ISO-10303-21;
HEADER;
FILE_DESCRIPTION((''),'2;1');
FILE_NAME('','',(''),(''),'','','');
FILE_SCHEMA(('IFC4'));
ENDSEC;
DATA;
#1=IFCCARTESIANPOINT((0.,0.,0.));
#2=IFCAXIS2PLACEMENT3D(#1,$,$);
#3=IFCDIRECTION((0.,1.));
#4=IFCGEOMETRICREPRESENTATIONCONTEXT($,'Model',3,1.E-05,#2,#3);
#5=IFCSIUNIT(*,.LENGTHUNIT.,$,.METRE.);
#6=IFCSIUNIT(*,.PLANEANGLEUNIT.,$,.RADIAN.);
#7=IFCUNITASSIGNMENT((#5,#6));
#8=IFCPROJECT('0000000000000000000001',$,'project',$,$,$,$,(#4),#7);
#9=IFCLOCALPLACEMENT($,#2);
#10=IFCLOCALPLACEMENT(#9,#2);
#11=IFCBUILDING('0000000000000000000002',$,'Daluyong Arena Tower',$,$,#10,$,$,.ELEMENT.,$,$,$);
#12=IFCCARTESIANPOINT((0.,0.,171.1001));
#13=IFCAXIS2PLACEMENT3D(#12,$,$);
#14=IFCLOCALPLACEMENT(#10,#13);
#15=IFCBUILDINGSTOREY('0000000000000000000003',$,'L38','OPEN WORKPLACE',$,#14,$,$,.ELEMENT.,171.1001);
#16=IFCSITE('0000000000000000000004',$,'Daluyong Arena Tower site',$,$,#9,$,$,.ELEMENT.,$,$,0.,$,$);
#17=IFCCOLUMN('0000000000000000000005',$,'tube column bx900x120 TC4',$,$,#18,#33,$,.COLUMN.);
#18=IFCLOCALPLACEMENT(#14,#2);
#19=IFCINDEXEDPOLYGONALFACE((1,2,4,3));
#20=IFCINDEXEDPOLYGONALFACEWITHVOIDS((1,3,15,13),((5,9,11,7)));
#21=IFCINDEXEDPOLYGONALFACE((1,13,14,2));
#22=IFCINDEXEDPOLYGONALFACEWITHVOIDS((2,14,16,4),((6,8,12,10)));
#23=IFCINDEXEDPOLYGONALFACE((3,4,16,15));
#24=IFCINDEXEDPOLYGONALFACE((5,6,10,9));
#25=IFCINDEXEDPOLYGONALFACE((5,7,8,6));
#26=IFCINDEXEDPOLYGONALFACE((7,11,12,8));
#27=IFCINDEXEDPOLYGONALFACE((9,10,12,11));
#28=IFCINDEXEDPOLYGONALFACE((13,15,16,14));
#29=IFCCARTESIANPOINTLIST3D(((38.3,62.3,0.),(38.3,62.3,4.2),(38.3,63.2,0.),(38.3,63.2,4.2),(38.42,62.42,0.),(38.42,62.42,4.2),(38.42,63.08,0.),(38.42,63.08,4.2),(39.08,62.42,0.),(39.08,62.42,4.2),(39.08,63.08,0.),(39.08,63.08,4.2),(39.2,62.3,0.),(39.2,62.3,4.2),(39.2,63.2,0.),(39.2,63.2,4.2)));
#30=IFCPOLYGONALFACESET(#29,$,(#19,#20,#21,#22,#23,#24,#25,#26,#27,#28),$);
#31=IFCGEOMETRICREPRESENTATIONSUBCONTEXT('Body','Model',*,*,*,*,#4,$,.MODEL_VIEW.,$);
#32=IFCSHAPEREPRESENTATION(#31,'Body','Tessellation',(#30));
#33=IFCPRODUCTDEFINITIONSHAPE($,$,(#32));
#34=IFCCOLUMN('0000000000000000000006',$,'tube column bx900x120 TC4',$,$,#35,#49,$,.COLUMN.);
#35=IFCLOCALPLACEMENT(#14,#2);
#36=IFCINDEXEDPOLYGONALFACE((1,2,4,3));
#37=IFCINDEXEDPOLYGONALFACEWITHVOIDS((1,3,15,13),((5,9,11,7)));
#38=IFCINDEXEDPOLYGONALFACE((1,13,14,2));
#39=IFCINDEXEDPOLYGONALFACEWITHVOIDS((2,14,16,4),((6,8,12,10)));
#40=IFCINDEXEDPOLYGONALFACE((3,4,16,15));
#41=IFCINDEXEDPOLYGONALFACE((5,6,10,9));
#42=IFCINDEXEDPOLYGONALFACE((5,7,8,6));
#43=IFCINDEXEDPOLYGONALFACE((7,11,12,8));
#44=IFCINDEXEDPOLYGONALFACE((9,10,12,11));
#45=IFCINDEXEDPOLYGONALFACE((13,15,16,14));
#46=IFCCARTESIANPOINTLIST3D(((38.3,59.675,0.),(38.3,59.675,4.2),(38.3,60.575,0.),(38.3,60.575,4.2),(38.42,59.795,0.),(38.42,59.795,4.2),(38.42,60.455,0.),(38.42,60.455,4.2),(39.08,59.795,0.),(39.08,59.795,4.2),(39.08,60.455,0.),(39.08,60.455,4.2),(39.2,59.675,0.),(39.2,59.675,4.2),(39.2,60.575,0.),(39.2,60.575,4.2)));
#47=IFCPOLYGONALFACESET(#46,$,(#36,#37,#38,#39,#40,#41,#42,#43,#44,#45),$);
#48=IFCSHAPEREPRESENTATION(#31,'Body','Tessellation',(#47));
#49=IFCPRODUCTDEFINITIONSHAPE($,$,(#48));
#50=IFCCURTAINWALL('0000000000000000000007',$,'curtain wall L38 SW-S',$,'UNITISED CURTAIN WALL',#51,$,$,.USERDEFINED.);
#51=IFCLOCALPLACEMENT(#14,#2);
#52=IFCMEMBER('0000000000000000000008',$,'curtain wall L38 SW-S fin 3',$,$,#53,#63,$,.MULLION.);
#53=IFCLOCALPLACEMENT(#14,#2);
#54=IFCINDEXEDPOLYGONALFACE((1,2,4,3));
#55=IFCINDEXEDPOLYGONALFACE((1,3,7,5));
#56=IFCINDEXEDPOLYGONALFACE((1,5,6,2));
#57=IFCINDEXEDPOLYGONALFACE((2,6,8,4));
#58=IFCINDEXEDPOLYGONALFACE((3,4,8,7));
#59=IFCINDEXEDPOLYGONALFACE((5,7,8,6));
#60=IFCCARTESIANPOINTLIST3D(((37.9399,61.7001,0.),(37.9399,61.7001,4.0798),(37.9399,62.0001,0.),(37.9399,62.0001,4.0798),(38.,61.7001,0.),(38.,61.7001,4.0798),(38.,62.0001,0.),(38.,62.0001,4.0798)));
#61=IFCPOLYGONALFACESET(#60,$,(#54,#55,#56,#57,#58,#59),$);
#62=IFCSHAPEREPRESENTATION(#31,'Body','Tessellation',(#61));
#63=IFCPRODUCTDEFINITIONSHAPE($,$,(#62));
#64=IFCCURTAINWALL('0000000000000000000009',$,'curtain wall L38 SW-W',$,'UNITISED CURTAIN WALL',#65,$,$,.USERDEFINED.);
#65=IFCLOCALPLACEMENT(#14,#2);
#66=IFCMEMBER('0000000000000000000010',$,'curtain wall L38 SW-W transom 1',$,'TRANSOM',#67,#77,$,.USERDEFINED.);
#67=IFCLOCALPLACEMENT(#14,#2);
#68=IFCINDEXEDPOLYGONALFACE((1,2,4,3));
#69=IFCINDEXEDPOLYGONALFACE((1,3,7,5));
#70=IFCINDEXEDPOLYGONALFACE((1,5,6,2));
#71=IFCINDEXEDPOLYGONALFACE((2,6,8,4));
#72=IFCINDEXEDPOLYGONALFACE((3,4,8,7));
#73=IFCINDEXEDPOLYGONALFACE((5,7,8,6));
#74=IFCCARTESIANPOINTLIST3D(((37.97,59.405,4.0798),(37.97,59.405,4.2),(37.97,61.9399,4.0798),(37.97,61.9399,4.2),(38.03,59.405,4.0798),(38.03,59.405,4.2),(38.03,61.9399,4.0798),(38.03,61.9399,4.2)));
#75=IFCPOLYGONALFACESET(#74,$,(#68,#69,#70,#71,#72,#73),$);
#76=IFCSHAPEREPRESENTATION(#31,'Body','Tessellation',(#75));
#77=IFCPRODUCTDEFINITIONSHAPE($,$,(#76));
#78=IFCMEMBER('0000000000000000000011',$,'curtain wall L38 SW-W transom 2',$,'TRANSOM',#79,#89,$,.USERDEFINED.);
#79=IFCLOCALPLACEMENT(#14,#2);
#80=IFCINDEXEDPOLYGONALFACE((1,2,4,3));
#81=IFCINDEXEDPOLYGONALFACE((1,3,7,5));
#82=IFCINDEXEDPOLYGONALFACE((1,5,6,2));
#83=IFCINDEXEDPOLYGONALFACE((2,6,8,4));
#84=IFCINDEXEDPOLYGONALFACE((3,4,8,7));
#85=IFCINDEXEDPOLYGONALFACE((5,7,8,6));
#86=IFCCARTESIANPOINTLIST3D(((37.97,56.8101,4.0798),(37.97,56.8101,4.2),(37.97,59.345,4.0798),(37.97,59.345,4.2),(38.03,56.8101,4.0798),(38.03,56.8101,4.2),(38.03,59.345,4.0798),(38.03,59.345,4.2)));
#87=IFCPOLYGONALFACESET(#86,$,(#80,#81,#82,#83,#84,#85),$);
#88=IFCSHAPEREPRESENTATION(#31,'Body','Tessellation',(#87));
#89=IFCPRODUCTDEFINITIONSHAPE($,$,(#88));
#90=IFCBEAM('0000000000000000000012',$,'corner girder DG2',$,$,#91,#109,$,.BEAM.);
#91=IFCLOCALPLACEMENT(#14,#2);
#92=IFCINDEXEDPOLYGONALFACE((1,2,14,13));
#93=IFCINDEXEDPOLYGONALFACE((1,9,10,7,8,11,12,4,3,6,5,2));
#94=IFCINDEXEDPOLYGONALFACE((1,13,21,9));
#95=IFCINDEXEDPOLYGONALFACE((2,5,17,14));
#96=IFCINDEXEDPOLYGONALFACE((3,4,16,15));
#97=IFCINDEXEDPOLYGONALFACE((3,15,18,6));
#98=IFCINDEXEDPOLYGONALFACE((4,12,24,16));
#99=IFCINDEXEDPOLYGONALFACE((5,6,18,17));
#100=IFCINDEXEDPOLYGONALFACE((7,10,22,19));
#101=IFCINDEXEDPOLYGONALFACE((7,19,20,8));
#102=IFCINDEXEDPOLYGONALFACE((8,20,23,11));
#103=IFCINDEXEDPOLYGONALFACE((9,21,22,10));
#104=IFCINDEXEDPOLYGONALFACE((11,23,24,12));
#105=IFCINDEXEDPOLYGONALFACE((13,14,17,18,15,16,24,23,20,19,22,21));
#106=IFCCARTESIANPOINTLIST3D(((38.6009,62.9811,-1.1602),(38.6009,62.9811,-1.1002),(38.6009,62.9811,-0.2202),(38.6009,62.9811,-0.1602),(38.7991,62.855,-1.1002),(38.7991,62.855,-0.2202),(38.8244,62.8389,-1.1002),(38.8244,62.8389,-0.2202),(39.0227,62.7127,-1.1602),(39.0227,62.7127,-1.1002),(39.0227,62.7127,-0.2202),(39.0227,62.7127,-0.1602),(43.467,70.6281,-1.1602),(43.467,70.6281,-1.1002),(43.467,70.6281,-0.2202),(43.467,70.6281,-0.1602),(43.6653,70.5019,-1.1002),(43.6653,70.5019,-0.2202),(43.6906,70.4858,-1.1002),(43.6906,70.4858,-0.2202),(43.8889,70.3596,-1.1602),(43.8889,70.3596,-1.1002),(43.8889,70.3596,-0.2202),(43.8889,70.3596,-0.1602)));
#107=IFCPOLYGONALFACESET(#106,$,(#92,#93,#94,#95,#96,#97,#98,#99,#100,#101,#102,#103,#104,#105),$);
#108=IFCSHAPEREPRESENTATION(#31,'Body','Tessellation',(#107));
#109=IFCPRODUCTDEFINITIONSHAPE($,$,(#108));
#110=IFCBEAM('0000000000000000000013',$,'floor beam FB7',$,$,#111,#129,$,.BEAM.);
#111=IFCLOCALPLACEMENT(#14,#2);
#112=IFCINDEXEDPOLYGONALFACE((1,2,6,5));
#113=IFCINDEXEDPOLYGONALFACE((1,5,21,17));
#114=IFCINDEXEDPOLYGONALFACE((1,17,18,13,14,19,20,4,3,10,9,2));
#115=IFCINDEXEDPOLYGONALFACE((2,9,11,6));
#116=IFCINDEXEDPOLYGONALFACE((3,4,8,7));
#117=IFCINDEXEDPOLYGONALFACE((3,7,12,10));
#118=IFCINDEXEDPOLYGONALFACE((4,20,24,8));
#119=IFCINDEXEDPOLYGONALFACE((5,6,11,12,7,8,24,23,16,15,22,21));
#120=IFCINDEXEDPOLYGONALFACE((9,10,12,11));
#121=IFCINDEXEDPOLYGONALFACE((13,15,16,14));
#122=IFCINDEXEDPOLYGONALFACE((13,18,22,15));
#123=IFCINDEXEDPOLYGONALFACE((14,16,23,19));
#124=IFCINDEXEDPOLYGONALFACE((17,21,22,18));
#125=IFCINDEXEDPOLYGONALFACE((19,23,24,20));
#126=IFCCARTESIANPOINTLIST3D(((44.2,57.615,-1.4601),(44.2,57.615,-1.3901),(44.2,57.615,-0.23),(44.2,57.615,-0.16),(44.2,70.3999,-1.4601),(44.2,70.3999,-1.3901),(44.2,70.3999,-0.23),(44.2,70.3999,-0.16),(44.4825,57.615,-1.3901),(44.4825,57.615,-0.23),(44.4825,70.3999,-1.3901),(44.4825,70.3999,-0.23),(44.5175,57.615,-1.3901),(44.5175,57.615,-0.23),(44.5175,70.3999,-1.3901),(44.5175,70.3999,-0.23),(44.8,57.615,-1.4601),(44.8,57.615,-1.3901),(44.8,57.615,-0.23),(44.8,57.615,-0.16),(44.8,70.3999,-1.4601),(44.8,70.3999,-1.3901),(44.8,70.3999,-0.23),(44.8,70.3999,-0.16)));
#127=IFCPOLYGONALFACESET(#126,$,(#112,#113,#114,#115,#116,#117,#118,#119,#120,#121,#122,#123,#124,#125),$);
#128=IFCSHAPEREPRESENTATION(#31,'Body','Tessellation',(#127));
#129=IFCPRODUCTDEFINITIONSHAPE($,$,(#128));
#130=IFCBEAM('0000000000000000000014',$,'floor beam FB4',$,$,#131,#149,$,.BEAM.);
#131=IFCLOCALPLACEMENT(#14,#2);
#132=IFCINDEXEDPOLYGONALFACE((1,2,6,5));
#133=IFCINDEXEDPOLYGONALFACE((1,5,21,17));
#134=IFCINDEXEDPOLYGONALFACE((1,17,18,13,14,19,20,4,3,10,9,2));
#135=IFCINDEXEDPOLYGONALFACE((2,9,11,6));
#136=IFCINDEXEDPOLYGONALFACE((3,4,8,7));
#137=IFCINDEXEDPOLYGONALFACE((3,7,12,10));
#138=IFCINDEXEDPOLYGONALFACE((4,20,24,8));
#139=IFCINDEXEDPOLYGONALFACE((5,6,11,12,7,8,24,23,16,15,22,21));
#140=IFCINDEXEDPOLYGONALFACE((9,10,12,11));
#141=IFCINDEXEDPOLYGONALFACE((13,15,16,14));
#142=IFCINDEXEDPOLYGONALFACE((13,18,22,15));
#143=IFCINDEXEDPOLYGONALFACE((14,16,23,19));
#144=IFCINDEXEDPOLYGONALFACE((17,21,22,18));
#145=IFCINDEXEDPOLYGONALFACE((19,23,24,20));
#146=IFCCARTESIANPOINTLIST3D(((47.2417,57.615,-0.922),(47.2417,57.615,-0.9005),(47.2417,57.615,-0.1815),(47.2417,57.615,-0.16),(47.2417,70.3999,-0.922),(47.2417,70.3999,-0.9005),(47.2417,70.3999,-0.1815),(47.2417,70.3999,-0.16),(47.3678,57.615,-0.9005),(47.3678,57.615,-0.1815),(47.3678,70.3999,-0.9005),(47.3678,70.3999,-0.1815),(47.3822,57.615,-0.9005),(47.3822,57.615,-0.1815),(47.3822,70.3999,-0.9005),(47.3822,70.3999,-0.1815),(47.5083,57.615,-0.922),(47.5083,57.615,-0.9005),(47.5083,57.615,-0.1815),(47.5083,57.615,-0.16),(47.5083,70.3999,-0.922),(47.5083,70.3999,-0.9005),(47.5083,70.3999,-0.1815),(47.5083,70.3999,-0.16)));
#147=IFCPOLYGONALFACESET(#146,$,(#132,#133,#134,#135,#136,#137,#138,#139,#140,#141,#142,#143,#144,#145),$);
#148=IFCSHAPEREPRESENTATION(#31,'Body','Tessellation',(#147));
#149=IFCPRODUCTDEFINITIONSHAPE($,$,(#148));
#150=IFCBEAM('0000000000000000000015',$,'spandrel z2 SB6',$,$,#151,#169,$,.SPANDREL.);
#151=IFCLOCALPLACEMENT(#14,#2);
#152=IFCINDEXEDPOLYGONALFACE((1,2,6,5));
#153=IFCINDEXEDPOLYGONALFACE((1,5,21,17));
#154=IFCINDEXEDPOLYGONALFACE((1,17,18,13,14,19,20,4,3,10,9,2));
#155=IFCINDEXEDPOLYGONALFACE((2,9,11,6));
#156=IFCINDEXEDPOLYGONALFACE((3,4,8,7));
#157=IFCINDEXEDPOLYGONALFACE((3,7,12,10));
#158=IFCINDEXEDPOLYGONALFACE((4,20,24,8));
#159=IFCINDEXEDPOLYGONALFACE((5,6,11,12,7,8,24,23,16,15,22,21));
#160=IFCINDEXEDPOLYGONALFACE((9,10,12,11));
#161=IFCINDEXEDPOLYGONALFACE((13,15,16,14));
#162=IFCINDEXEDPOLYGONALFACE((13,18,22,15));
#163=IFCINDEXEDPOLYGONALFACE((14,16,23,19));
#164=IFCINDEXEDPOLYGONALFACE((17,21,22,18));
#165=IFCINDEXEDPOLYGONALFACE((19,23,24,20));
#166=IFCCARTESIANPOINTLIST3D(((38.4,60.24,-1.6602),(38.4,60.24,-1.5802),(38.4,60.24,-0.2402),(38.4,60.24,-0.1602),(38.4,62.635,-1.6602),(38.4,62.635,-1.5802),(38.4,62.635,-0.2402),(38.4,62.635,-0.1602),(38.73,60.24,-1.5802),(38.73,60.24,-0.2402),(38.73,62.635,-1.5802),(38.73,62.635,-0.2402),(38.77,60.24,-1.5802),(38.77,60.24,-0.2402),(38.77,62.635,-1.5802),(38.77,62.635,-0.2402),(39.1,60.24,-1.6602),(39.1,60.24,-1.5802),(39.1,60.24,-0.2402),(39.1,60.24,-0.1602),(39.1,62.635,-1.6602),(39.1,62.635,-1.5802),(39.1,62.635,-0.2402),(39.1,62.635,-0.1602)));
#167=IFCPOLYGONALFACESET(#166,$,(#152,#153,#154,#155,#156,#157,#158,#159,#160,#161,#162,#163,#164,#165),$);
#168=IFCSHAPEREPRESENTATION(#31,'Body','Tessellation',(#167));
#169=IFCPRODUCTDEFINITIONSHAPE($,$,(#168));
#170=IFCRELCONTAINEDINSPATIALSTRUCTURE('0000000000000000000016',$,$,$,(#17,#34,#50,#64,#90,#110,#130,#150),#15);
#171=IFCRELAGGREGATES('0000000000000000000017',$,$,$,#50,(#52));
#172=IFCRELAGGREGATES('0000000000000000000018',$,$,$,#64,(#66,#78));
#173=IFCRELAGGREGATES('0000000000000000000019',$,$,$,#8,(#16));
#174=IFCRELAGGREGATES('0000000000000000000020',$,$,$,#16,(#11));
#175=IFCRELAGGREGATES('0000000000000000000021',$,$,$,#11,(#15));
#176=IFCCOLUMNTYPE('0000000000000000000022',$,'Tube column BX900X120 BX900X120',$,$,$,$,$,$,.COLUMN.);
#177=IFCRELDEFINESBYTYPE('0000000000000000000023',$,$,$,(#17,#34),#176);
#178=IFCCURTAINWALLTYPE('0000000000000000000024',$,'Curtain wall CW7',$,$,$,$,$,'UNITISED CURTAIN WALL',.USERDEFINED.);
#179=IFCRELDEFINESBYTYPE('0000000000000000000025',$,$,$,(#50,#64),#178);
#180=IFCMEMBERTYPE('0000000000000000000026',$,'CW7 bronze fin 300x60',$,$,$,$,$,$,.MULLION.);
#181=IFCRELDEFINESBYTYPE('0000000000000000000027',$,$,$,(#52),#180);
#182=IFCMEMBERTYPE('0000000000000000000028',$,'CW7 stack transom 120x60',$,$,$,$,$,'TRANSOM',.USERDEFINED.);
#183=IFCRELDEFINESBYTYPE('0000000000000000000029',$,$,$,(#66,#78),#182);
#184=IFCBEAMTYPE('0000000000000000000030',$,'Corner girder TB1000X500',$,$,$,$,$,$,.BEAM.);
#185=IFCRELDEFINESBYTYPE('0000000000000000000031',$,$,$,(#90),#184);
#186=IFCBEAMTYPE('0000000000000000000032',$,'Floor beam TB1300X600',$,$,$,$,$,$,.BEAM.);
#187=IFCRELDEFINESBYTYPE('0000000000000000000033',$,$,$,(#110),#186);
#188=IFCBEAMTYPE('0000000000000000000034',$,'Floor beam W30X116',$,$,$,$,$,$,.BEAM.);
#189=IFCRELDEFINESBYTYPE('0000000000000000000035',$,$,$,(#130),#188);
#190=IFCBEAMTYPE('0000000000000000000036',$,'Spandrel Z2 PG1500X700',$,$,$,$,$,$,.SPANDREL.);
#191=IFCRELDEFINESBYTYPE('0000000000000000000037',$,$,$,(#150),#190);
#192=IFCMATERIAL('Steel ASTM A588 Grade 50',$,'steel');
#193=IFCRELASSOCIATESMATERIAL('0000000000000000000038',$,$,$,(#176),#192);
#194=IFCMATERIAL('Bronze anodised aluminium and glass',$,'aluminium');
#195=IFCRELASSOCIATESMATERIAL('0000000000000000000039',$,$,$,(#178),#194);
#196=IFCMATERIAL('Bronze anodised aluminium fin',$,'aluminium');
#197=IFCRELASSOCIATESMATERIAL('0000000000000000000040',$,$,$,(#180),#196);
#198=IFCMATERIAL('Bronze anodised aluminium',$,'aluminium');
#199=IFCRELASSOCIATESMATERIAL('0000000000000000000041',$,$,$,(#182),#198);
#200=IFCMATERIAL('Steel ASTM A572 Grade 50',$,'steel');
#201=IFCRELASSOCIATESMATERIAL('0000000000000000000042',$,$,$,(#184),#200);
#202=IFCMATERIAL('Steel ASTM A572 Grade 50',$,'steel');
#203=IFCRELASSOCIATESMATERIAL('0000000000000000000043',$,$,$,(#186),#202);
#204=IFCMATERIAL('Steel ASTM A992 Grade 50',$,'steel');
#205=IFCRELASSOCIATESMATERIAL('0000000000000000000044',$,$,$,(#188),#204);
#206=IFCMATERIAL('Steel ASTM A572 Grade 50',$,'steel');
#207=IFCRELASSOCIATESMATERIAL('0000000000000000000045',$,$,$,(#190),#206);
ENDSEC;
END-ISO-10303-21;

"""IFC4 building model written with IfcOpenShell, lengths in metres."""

from ifc_helpers import new_model, si_unit, direction, frame, origin, origin_2d, place, context, subcontext, project, spatial, rectangle, hollow_rectangle, i_section, extrude, material, material_profile, profile_set, type_object, element, aggregate, save


model = new_model("IFC4")

# Units and contexts
model_context = context("Model", 3, precision=1e-05, world=origin(), true_north=direction((0.0, 1.0)))
body_context = subcontext(model_context, "Body", "Model", "MODEL_VIEW")
ifc_project = project(units=[si_unit("LENGTHUNIT", "METRE"), si_unit("PLANEANGLEUNIT", "RADIAN")], contexts=[model_context])

# Site, building, storey
site_placement = place(None, origin())
site = spatial("IfcSite", under=ifc_project, at=site_placement, Name="Daluyong Arena Tower site", CompositionType="ELEMENT", RefElevation=0.0)
building_placement = place(site_placement, origin())
building = spatial("IfcBuilding", under=site, at=building_placement, Name="Daluyong Arena Tower", CompositionType="ELEMENT")
storey_placement = place(building_placement, frame((0.0, 0.0, 171.1001)))
storey = spatial("IfcBuildingStorey", under=building, at=storey_placement, Name="L38", Description="OPEN WORKPLACE", CompositionType="ELEMENT", Elevation=171.1001)

# Columns
ifc_material_1 = material(Name="Steel ASTM A588 Grade 50", Category="steel")
ifc_material_profile_1 = material_profile(ifc_material_1, hollow_rectangle(XDim=0.8999, YDim=0.8999, WallThickness=0.12, at=origin_2d()))
ifc_profile_set_1 = profile_set([ifc_material_profile_1], Name="Steel ASTM A588 Grade 50")
column_type = type_object("IfcColumnType", Name="Tube column BX900X120 BX900X120", PredefinedType="COLUMN", material=ifc_profile_set_1)
for number, where, z_axis, x_axis, name in (
    (1, (38.75, 62.75, 0.0), (0.0, 0.0, 1.0), (0.0, 1.0, 0.0), "tube column bx900x120 TC4"),
    (2, (38.75, 60.125, 0.0), (0.0, 0.0, 1.0), (0.0, 1.0, 0.0), "tube column bx900x120 TC4"),
):
    element("IfcColumn", number, at=place(storey_placement, frame(where, z_axis=z_axis, x_axis=x_axis)), inside=storey, type_object=column_type, Name=name, PredefinedType="COLUMN", context=body_context, shape_type="SweptSolid", body=[
        extrude(hollow_rectangle(XDim=0.8999, YDim=0.8999, WallThickness=0.12, at=origin_2d()), origin(), (0.0, 0.0, 1.0), 4.2),
    ])

# Curtain wall, member
ifc_material_2 = material(Name="Bronze anodised aluminium and glass", Category="aluminium")
curtain_wall_type = type_object("IfcCurtainWallType", Name="Curtain wall CW7", ElementType="UNITISED CURTAIN WALL", PredefinedType="USERDEFINED", material=ifc_material_2)
curtain_wall_1_placement = place(storey_placement, origin())
curtain_wall_1 = element("IfcCurtainWall", 3, at=curtain_wall_1_placement, inside=storey, type_object=curtain_wall_type, Name="curtain wall L38 SW-S", ObjectType="UNITISED CURTAIN WALL", PredefinedType="USERDEFINED")
ifc_material_3 = material(Name="Bronze anodised aluminium fin", Category="aluminium")
ifc_material_profile_2 = material_profile(ifc_material_3, rectangle(XDim=0.3, YDim=0.0601, at=origin_2d()))
ifc_profile_set_2 = profile_set([ifc_material_profile_2], Name="Bronze anodised aluminium fin")
member_type_1 = type_object("IfcMemberType", Name="CW7 bronze fin 300x60", PredefinedType="MULLION", material=ifc_profile_set_2)
member_1_placement = place(storey_placement, frame((37.97, 61.8501, 0.0), z_axis=(0.0, 0.0, 1.0), x_axis=(0.0, 1.0, 0.0)))
member_1 = element("IfcMember", 4, at=member_1_placement, type_object=member_type_1, Name="curtain wall L38 SW-S fin 3", PredefinedType="MULLION", context=body_context, shape_type="SweptSolid", body=[
    extrude(rectangle(XDim=0.3, YDim=0.0601, at=origin_2d()), origin(), (0.0, 0.0, 1.0), 4.0798),
])
aggregate(curtain_wall_1, [member_1])

# Curtain wall, members
curtain_wall_2_placement = place(storey_placement, origin())
curtain_wall_2 = element("IfcCurtainWall", 5, at=curtain_wall_2_placement, inside=storey, type_object=curtain_wall_type, Name="curtain wall L38 SW-W", ObjectType="UNITISED CURTAIN WALL", PredefinedType="USERDEFINED")
ifc_material_4 = material(Name="Bronze anodised aluminium", Category="aluminium")
ifc_material_profile_3 = material_profile(ifc_material_4, rectangle(XDim=0.0601, YDim=0.1201, at=origin_2d()))
ifc_profile_set_3 = profile_set([ifc_material_profile_3], Name="Bronze anodised aluminium")
member_type_2 = type_object("IfcMemberType", Name="CW7 stack transom 120x60", ElementType="TRANSOM", PredefinedType="USERDEFINED", material=ifc_profile_set_3)
member_2_placement = place(storey_placement, frame((38.0, 61.9399, 4.1399), z_axis=(0.0, -1.0, 0.0), x_axis=(1.0, 0.0, 0.0)))
member_2 = element("IfcMember", 6, at=member_2_placement, type_object=member_type_2, Name="curtain wall L38 SW-W transom 1", ObjectType="TRANSOM", PredefinedType="USERDEFINED", context=body_context, shape_type="SweptSolid", body=[
    extrude(rectangle(XDim=0.0601, YDim=0.1201, at=origin_2d()), origin(), (0.0, 0.0, 1.0), 2.5349),
])
member_3_placement = place(storey_placement, frame((38.0, 59.345, 4.1399), z_axis=(0.0, -1.0, 0.0), x_axis=(1.0, 0.0, 0.0)))
member_3 = element("IfcMember", 7, at=member_3_placement, type_object=member_type_2, Name="curtain wall L38 SW-W transom 2", ObjectType="TRANSOM", PredefinedType="USERDEFINED", context=body_context, shape_type="SweptSolid", body=[
    extrude(rectangle(XDim=0.0601, YDim=0.1201, at=origin_2d()), origin(), (0.0, 0.0, 1.0), 2.5349),
])

# Beams
ifc_material_5 = material(Name="Steel ASTM A572 Grade 50", Category="steel")
ifc_material_profile_4 = material_profile(ifc_material_5, i_section(OverallWidth=0.5, OverallDepth=1.0, WebThickness=0.03, FlangeThickness=0.06, at=origin_2d()))
ifc_profile_set_4 = profile_set([ifc_material_profile_4], Name="Steel ASTM A572 Grade 50")
beam_type_1 = type_object("IfcBeamType", Name="Corner girder TB1000X500", PredefinedType="BEAM", material=ifc_profile_set_4)
beam_1_placement = place(storey_placement, frame((38.8118, 62.8469, -0.6602), z_axis=(0.536872, 0.843664, 0.0), x_axis=(-0.843664, 0.536872, 0.0)))
element("IfcBeam", 8, at=beam_1_placement, inside=storey, type_object=beam_type_1, Name="corner girder DG2", PredefinedType="BEAM", context=body_context, shape_type="SweptSolid", body=[
    extrude(i_section(OverallWidth=0.5, OverallDepth=1.0, WebThickness=0.03, FlangeThickness=0.06, at=origin_2d()), origin(), (0.0, 0.0, 1.0), 9.064),
])
ifc_material_6 = material(Name="Steel ASTM A572 Grade 50", Category="steel")
ifc_material_profile_5 = material_profile(ifc_material_6, i_section(OverallWidth=0.6001, OverallDepth=1.3, WebThickness=0.035, FlangeThickness=0.07, at=origin_2d()))
ifc_profile_set_5 = profile_set([ifc_material_profile_5], Name="Steel ASTM A572 Grade 50")
beam_type_2 = type_object("IfcBeamType", Name="Floor beam TB1300X600", PredefinedType="BEAM", material=ifc_profile_set_5)
beam_2_placement = place(storey_placement, frame((44.5, 57.615, -0.8101), z_axis=(0.0, 1.0, 0.0), x_axis=(-1.0, 0.0, 0.0)))
element("IfcBeam", 9, at=beam_2_placement, inside=storey, type_object=beam_type_2, Name="floor beam FB7", PredefinedType="BEAM", context=body_context, shape_type="SweptSolid", body=[
    extrude(i_section(OverallWidth=0.6001, OverallDepth=1.3, WebThickness=0.035, FlangeThickness=0.07, at=origin_2d()), origin(), (0.0, 0.0, 1.0), 12.7849),
])
ifc_material_7 = material(Name="Steel ASTM A992 Grade 50", Category="steel")
ifc_material_profile_6 = material_profile(ifc_material_7, i_section(OverallWidth=0.2666, OverallDepth=0.762, WebThickness=0.0144, FlangeThickness=0.0215, at=origin_2d()))
ifc_profile_set_6 = profile_set([ifc_material_profile_6], Name="Steel ASTM A992 Grade 50")
beam_type_3 = type_object("IfcBeamType", Name="Floor beam W30X116", PredefinedType="BEAM", material=ifc_profile_set_6)
beam_3_placement = place(storey_placement, frame((47.375, 57.615, -0.541), z_axis=(0.0, 1.0, 0.0), x_axis=(-1.0, 0.0, 0.0)))
element("IfcBeam", 10, at=beam_3_placement, inside=storey, type_object=beam_type_3, Name="floor beam FB4", PredefinedType="BEAM", context=body_context, shape_type="SweptSolid", body=[
    extrude(i_section(OverallWidth=0.2666, OverallDepth=0.762, WebThickness=0.0144, FlangeThickness=0.0215, at=origin_2d()), origin(), (0.0, 0.0, 1.0), 12.7849),
])
ifc_material_8 = material(Name="Steel ASTM A572 Grade 50", Category="steel")
ifc_material_profile_7 = material_profile(ifc_material_8, i_section(OverallWidth=0.7, OverallDepth=1.5, WebThickness=0.04, FlangeThickness=0.08, at=origin_2d()))
ifc_profile_set_7 = profile_set([ifc_material_profile_7], Name="Steel ASTM A572 Grade 50")
beam_type_4 = type_object("IfcBeamType", Name="Spandrel Z2 PG1500X700", PredefinedType="SPANDREL", material=ifc_profile_set_7)
for number, where, z_axis, x_axis, name in (
    (11, (38.75, 62.635, -0.9102), (0.0, -1.0, 0.0), (1.0, 0.0, 0.0), "spandrel z2 SB6"),
):
    element("IfcBeam", number, at=place(storey_placement, frame(where, z_axis=z_axis, x_axis=x_axis)), inside=storey, type_object=beam_type_4, Name=name, PredefinedType="SPANDREL", context=body_context, shape_type="SweptSolid", body=[
        extrude(i_section(OverallWidth=0.7, OverallDepth=1.5, WebThickness=0.04, FlangeThickness=0.08, at=origin_2d()), origin(), (0.0, 0.0, 1.0), 2.395),
    ])

aggregate(curtain_wall_2, [member_2, member_3])

save(model, "model.ifc")
